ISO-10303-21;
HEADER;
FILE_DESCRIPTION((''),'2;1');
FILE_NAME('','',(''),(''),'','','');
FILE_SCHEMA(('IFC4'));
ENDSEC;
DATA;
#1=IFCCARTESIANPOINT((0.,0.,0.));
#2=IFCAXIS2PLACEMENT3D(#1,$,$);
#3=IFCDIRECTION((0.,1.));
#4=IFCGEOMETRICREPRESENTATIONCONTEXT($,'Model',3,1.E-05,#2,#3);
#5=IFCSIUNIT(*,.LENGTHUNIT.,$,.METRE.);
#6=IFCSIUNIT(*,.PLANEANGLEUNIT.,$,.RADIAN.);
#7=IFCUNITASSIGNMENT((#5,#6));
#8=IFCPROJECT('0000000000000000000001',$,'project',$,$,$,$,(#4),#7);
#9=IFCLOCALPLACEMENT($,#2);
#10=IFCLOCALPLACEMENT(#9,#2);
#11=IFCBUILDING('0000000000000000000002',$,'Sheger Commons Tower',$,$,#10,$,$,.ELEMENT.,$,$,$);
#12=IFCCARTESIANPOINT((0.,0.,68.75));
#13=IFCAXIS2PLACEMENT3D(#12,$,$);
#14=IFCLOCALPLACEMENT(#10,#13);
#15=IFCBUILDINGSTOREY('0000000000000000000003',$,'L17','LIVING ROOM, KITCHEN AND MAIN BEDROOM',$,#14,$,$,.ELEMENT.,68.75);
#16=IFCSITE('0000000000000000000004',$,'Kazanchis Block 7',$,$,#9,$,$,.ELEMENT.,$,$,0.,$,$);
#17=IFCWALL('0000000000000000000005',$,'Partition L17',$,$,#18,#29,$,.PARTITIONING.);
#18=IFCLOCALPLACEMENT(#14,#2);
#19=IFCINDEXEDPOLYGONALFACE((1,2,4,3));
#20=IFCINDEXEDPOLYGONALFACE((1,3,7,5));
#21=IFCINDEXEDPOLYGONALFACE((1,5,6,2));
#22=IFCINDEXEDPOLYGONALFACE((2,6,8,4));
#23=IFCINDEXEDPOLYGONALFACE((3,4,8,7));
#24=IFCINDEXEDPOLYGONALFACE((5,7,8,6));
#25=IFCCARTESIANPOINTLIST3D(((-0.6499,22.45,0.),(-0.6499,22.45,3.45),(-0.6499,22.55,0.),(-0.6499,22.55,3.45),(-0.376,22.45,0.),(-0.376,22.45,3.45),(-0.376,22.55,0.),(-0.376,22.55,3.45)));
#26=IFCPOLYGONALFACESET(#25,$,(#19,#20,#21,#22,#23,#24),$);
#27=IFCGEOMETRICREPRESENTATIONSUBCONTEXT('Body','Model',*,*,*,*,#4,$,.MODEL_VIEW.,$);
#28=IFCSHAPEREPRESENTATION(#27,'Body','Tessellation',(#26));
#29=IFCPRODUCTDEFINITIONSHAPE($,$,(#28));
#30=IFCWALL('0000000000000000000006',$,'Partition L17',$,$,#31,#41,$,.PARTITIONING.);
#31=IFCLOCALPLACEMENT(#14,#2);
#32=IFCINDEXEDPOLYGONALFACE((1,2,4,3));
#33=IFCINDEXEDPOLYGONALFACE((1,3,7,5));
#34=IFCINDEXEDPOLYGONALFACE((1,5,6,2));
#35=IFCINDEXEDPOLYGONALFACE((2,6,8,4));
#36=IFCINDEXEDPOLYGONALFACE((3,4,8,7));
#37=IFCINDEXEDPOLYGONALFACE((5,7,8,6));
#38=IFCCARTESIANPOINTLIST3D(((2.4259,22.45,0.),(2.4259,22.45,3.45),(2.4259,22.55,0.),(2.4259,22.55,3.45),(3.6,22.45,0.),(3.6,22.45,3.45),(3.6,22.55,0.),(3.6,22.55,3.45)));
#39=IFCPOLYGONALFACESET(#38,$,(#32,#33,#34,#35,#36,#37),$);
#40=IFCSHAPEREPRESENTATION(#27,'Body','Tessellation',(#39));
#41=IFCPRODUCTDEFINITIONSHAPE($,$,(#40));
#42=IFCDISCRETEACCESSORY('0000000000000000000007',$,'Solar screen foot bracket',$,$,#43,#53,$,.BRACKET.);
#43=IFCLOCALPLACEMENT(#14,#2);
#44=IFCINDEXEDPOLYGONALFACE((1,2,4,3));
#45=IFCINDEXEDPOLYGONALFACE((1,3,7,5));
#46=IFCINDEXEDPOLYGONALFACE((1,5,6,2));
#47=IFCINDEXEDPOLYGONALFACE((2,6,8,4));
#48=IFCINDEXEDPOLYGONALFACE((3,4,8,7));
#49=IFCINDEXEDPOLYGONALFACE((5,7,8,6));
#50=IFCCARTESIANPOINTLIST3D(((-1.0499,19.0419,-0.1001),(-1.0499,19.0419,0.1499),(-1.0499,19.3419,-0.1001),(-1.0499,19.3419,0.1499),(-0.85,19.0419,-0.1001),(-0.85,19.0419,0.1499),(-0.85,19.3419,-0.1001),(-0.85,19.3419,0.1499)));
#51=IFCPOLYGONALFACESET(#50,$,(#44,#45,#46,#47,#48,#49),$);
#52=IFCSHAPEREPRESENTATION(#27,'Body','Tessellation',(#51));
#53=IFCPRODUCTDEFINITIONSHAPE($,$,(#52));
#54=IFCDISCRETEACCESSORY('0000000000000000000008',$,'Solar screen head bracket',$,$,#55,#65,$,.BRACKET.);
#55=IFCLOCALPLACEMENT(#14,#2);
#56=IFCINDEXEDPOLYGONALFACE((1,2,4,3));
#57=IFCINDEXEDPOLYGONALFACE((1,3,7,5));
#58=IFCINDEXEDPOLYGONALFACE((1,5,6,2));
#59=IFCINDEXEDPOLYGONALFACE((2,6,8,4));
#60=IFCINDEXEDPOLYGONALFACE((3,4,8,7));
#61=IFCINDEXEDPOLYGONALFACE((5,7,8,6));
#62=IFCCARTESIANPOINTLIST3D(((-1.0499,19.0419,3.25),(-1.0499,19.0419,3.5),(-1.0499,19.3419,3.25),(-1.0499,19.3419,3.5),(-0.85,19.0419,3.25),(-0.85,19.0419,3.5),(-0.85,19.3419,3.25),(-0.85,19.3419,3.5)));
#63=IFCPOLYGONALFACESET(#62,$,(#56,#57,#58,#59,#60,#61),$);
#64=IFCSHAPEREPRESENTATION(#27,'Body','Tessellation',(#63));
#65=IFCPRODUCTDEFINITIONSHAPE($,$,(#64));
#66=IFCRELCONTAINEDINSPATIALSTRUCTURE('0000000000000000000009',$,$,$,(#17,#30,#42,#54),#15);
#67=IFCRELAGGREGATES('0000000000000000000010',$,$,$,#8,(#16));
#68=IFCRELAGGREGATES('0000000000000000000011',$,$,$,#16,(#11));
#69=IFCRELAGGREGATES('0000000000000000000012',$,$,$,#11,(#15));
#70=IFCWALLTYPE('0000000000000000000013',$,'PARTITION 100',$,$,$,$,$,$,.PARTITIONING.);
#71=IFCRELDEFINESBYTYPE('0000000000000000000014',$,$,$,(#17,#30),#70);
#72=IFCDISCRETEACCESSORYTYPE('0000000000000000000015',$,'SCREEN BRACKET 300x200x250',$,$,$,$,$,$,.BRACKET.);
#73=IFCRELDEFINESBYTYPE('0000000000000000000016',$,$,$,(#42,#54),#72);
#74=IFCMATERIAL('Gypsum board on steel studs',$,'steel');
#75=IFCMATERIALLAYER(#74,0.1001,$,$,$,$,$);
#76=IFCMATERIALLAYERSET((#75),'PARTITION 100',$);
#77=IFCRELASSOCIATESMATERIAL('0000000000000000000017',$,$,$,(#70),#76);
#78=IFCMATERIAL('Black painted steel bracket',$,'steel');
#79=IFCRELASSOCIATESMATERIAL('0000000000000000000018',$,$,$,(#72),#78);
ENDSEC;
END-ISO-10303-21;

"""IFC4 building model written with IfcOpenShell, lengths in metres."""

from ifc_helpers import new_model, si_unit, direction, frame, frame_2d, origin, origin_2d, place, context, subcontext, project, spatial, rectangle, extrude, material, layer, layer_set, type_object, element, save


model = new_model("IFC4")

# Units and contexts
model_context = context("Model", 3, precision=1e-05, world=origin(), true_north=direction((0.0, 1.0)))
body_context = subcontext(model_context, "Body", "Model", "MODEL_VIEW")
ifc_project = project(units=[si_unit("LENGTHUNIT", "METRE"), si_unit("PLANEANGLEUNIT", "RADIAN")], contexts=[model_context])

# Site, building, storey
site_placement = place(None, origin())
site = spatial("IfcSite", under=ifc_project, at=site_placement, Name="Kazanchis Block 7", CompositionType="ELEMENT", RefElevation=0.0)
building_placement = place(site_placement, origin())
building = spatial("IfcBuilding", under=site, at=building_placement, Name="Sheger Commons Tower", CompositionType="ELEMENT")
storey_placement = place(building_placement, frame((0.0, 0.0, 68.75)))
storey = spatial("IfcBuildingStorey", under=building, at=storey_placement, Name="L17", Description="LIVING ROOM, KITCHEN AND MAIN BEDROOM", CompositionType="ELEMENT", Elevation=68.75)

# Shared definitions
ifc_material_1 = material(Name="Gypsum board on steel studs", Category="steel")
ifc_layer_1 = layer(ifc_material_1, 0.1001)
ifc_layer_set_1 = layer_set([ifc_layer_1], Name="PARTITION 100")
wall_type_1 = type_object("IfcWallType", Name="PARTITION 100", PredefinedType="PARTITIONING", material=ifc_layer_set_1)

# Walls
wall_1_placement = place(storey_placement, frame((-0.6499, 22.5, 0.0), z_axis=(0.0, 0.0, 1.0), x_axis=(1.0, 0.0, 0.0)))
element("IfcWall", 1, at=wall_1_placement, inside=storey, type_object=wall_type_1, Name="Partition L17", PredefinedType="PARTITIONING", context=body_context, shape_type="SweptSolid", body=[
    extrude(rectangle(XDim=0.2739, YDim=0.1001, at=frame_2d((0.137, 0.0))), origin(), (0.0, 0.0, 1.0), 3.45),
])
wall_2_placement = place(storey_placement, frame((2.426, 22.5, 0.0), z_axis=(0.0, 0.0, 1.0), x_axis=(1.0, 0.0, 0.0)))
element("IfcWall", 2, at=wall_2_placement, inside=storey, type_object=wall_type_1, Name="Partition L17", PredefinedType="PARTITIONING", context=body_context, shape_type="SweptSolid", body=[
    extrude(rectangle(XDim=1.1741, YDim=0.1001, at=frame_2d((0.5869, 0.0))), origin(), (0.0, 0.0, 1.0), 3.45),
])

# Discrete accessories
ifc_material_2 = material(Name="Black painted steel bracket", Category="steel")
discrete_accessory_type = type_object("IfcDiscreteAccessoryType", Name="SCREEN BRACKET 300x200x250", PredefinedType="BRACKET", material=ifc_material_2)
for number, where, z_axis, x_axis, name in (
    (3, (-0.95, 19.1919, -0.1001), (0.0, 0.0, 1.0), (0.0, -1.0, 0.0), "Solar screen foot bracket"),
    (4, (-0.95, 19.1919, 3.25), (0.0, 0.0, 1.0), (0.0, -1.0, 0.0), "Solar screen head bracket"),
):
    element("IfcDiscreteAccessory", number, at=place(storey_placement, frame(where, z_axis=z_axis, x_axis=x_axis)), inside=storey, type_object=discrete_accessory_type, Name=name, PredefinedType="BRACKET", context=body_context, shape_type="SweptSolid", body=[
        extrude(rectangle(XDim=0.3, YDim=0.2, at=origin_2d()), origin(), (0.0, 0.0, 1.0), 0.25),
    ])

save(model, "model.ifc")
